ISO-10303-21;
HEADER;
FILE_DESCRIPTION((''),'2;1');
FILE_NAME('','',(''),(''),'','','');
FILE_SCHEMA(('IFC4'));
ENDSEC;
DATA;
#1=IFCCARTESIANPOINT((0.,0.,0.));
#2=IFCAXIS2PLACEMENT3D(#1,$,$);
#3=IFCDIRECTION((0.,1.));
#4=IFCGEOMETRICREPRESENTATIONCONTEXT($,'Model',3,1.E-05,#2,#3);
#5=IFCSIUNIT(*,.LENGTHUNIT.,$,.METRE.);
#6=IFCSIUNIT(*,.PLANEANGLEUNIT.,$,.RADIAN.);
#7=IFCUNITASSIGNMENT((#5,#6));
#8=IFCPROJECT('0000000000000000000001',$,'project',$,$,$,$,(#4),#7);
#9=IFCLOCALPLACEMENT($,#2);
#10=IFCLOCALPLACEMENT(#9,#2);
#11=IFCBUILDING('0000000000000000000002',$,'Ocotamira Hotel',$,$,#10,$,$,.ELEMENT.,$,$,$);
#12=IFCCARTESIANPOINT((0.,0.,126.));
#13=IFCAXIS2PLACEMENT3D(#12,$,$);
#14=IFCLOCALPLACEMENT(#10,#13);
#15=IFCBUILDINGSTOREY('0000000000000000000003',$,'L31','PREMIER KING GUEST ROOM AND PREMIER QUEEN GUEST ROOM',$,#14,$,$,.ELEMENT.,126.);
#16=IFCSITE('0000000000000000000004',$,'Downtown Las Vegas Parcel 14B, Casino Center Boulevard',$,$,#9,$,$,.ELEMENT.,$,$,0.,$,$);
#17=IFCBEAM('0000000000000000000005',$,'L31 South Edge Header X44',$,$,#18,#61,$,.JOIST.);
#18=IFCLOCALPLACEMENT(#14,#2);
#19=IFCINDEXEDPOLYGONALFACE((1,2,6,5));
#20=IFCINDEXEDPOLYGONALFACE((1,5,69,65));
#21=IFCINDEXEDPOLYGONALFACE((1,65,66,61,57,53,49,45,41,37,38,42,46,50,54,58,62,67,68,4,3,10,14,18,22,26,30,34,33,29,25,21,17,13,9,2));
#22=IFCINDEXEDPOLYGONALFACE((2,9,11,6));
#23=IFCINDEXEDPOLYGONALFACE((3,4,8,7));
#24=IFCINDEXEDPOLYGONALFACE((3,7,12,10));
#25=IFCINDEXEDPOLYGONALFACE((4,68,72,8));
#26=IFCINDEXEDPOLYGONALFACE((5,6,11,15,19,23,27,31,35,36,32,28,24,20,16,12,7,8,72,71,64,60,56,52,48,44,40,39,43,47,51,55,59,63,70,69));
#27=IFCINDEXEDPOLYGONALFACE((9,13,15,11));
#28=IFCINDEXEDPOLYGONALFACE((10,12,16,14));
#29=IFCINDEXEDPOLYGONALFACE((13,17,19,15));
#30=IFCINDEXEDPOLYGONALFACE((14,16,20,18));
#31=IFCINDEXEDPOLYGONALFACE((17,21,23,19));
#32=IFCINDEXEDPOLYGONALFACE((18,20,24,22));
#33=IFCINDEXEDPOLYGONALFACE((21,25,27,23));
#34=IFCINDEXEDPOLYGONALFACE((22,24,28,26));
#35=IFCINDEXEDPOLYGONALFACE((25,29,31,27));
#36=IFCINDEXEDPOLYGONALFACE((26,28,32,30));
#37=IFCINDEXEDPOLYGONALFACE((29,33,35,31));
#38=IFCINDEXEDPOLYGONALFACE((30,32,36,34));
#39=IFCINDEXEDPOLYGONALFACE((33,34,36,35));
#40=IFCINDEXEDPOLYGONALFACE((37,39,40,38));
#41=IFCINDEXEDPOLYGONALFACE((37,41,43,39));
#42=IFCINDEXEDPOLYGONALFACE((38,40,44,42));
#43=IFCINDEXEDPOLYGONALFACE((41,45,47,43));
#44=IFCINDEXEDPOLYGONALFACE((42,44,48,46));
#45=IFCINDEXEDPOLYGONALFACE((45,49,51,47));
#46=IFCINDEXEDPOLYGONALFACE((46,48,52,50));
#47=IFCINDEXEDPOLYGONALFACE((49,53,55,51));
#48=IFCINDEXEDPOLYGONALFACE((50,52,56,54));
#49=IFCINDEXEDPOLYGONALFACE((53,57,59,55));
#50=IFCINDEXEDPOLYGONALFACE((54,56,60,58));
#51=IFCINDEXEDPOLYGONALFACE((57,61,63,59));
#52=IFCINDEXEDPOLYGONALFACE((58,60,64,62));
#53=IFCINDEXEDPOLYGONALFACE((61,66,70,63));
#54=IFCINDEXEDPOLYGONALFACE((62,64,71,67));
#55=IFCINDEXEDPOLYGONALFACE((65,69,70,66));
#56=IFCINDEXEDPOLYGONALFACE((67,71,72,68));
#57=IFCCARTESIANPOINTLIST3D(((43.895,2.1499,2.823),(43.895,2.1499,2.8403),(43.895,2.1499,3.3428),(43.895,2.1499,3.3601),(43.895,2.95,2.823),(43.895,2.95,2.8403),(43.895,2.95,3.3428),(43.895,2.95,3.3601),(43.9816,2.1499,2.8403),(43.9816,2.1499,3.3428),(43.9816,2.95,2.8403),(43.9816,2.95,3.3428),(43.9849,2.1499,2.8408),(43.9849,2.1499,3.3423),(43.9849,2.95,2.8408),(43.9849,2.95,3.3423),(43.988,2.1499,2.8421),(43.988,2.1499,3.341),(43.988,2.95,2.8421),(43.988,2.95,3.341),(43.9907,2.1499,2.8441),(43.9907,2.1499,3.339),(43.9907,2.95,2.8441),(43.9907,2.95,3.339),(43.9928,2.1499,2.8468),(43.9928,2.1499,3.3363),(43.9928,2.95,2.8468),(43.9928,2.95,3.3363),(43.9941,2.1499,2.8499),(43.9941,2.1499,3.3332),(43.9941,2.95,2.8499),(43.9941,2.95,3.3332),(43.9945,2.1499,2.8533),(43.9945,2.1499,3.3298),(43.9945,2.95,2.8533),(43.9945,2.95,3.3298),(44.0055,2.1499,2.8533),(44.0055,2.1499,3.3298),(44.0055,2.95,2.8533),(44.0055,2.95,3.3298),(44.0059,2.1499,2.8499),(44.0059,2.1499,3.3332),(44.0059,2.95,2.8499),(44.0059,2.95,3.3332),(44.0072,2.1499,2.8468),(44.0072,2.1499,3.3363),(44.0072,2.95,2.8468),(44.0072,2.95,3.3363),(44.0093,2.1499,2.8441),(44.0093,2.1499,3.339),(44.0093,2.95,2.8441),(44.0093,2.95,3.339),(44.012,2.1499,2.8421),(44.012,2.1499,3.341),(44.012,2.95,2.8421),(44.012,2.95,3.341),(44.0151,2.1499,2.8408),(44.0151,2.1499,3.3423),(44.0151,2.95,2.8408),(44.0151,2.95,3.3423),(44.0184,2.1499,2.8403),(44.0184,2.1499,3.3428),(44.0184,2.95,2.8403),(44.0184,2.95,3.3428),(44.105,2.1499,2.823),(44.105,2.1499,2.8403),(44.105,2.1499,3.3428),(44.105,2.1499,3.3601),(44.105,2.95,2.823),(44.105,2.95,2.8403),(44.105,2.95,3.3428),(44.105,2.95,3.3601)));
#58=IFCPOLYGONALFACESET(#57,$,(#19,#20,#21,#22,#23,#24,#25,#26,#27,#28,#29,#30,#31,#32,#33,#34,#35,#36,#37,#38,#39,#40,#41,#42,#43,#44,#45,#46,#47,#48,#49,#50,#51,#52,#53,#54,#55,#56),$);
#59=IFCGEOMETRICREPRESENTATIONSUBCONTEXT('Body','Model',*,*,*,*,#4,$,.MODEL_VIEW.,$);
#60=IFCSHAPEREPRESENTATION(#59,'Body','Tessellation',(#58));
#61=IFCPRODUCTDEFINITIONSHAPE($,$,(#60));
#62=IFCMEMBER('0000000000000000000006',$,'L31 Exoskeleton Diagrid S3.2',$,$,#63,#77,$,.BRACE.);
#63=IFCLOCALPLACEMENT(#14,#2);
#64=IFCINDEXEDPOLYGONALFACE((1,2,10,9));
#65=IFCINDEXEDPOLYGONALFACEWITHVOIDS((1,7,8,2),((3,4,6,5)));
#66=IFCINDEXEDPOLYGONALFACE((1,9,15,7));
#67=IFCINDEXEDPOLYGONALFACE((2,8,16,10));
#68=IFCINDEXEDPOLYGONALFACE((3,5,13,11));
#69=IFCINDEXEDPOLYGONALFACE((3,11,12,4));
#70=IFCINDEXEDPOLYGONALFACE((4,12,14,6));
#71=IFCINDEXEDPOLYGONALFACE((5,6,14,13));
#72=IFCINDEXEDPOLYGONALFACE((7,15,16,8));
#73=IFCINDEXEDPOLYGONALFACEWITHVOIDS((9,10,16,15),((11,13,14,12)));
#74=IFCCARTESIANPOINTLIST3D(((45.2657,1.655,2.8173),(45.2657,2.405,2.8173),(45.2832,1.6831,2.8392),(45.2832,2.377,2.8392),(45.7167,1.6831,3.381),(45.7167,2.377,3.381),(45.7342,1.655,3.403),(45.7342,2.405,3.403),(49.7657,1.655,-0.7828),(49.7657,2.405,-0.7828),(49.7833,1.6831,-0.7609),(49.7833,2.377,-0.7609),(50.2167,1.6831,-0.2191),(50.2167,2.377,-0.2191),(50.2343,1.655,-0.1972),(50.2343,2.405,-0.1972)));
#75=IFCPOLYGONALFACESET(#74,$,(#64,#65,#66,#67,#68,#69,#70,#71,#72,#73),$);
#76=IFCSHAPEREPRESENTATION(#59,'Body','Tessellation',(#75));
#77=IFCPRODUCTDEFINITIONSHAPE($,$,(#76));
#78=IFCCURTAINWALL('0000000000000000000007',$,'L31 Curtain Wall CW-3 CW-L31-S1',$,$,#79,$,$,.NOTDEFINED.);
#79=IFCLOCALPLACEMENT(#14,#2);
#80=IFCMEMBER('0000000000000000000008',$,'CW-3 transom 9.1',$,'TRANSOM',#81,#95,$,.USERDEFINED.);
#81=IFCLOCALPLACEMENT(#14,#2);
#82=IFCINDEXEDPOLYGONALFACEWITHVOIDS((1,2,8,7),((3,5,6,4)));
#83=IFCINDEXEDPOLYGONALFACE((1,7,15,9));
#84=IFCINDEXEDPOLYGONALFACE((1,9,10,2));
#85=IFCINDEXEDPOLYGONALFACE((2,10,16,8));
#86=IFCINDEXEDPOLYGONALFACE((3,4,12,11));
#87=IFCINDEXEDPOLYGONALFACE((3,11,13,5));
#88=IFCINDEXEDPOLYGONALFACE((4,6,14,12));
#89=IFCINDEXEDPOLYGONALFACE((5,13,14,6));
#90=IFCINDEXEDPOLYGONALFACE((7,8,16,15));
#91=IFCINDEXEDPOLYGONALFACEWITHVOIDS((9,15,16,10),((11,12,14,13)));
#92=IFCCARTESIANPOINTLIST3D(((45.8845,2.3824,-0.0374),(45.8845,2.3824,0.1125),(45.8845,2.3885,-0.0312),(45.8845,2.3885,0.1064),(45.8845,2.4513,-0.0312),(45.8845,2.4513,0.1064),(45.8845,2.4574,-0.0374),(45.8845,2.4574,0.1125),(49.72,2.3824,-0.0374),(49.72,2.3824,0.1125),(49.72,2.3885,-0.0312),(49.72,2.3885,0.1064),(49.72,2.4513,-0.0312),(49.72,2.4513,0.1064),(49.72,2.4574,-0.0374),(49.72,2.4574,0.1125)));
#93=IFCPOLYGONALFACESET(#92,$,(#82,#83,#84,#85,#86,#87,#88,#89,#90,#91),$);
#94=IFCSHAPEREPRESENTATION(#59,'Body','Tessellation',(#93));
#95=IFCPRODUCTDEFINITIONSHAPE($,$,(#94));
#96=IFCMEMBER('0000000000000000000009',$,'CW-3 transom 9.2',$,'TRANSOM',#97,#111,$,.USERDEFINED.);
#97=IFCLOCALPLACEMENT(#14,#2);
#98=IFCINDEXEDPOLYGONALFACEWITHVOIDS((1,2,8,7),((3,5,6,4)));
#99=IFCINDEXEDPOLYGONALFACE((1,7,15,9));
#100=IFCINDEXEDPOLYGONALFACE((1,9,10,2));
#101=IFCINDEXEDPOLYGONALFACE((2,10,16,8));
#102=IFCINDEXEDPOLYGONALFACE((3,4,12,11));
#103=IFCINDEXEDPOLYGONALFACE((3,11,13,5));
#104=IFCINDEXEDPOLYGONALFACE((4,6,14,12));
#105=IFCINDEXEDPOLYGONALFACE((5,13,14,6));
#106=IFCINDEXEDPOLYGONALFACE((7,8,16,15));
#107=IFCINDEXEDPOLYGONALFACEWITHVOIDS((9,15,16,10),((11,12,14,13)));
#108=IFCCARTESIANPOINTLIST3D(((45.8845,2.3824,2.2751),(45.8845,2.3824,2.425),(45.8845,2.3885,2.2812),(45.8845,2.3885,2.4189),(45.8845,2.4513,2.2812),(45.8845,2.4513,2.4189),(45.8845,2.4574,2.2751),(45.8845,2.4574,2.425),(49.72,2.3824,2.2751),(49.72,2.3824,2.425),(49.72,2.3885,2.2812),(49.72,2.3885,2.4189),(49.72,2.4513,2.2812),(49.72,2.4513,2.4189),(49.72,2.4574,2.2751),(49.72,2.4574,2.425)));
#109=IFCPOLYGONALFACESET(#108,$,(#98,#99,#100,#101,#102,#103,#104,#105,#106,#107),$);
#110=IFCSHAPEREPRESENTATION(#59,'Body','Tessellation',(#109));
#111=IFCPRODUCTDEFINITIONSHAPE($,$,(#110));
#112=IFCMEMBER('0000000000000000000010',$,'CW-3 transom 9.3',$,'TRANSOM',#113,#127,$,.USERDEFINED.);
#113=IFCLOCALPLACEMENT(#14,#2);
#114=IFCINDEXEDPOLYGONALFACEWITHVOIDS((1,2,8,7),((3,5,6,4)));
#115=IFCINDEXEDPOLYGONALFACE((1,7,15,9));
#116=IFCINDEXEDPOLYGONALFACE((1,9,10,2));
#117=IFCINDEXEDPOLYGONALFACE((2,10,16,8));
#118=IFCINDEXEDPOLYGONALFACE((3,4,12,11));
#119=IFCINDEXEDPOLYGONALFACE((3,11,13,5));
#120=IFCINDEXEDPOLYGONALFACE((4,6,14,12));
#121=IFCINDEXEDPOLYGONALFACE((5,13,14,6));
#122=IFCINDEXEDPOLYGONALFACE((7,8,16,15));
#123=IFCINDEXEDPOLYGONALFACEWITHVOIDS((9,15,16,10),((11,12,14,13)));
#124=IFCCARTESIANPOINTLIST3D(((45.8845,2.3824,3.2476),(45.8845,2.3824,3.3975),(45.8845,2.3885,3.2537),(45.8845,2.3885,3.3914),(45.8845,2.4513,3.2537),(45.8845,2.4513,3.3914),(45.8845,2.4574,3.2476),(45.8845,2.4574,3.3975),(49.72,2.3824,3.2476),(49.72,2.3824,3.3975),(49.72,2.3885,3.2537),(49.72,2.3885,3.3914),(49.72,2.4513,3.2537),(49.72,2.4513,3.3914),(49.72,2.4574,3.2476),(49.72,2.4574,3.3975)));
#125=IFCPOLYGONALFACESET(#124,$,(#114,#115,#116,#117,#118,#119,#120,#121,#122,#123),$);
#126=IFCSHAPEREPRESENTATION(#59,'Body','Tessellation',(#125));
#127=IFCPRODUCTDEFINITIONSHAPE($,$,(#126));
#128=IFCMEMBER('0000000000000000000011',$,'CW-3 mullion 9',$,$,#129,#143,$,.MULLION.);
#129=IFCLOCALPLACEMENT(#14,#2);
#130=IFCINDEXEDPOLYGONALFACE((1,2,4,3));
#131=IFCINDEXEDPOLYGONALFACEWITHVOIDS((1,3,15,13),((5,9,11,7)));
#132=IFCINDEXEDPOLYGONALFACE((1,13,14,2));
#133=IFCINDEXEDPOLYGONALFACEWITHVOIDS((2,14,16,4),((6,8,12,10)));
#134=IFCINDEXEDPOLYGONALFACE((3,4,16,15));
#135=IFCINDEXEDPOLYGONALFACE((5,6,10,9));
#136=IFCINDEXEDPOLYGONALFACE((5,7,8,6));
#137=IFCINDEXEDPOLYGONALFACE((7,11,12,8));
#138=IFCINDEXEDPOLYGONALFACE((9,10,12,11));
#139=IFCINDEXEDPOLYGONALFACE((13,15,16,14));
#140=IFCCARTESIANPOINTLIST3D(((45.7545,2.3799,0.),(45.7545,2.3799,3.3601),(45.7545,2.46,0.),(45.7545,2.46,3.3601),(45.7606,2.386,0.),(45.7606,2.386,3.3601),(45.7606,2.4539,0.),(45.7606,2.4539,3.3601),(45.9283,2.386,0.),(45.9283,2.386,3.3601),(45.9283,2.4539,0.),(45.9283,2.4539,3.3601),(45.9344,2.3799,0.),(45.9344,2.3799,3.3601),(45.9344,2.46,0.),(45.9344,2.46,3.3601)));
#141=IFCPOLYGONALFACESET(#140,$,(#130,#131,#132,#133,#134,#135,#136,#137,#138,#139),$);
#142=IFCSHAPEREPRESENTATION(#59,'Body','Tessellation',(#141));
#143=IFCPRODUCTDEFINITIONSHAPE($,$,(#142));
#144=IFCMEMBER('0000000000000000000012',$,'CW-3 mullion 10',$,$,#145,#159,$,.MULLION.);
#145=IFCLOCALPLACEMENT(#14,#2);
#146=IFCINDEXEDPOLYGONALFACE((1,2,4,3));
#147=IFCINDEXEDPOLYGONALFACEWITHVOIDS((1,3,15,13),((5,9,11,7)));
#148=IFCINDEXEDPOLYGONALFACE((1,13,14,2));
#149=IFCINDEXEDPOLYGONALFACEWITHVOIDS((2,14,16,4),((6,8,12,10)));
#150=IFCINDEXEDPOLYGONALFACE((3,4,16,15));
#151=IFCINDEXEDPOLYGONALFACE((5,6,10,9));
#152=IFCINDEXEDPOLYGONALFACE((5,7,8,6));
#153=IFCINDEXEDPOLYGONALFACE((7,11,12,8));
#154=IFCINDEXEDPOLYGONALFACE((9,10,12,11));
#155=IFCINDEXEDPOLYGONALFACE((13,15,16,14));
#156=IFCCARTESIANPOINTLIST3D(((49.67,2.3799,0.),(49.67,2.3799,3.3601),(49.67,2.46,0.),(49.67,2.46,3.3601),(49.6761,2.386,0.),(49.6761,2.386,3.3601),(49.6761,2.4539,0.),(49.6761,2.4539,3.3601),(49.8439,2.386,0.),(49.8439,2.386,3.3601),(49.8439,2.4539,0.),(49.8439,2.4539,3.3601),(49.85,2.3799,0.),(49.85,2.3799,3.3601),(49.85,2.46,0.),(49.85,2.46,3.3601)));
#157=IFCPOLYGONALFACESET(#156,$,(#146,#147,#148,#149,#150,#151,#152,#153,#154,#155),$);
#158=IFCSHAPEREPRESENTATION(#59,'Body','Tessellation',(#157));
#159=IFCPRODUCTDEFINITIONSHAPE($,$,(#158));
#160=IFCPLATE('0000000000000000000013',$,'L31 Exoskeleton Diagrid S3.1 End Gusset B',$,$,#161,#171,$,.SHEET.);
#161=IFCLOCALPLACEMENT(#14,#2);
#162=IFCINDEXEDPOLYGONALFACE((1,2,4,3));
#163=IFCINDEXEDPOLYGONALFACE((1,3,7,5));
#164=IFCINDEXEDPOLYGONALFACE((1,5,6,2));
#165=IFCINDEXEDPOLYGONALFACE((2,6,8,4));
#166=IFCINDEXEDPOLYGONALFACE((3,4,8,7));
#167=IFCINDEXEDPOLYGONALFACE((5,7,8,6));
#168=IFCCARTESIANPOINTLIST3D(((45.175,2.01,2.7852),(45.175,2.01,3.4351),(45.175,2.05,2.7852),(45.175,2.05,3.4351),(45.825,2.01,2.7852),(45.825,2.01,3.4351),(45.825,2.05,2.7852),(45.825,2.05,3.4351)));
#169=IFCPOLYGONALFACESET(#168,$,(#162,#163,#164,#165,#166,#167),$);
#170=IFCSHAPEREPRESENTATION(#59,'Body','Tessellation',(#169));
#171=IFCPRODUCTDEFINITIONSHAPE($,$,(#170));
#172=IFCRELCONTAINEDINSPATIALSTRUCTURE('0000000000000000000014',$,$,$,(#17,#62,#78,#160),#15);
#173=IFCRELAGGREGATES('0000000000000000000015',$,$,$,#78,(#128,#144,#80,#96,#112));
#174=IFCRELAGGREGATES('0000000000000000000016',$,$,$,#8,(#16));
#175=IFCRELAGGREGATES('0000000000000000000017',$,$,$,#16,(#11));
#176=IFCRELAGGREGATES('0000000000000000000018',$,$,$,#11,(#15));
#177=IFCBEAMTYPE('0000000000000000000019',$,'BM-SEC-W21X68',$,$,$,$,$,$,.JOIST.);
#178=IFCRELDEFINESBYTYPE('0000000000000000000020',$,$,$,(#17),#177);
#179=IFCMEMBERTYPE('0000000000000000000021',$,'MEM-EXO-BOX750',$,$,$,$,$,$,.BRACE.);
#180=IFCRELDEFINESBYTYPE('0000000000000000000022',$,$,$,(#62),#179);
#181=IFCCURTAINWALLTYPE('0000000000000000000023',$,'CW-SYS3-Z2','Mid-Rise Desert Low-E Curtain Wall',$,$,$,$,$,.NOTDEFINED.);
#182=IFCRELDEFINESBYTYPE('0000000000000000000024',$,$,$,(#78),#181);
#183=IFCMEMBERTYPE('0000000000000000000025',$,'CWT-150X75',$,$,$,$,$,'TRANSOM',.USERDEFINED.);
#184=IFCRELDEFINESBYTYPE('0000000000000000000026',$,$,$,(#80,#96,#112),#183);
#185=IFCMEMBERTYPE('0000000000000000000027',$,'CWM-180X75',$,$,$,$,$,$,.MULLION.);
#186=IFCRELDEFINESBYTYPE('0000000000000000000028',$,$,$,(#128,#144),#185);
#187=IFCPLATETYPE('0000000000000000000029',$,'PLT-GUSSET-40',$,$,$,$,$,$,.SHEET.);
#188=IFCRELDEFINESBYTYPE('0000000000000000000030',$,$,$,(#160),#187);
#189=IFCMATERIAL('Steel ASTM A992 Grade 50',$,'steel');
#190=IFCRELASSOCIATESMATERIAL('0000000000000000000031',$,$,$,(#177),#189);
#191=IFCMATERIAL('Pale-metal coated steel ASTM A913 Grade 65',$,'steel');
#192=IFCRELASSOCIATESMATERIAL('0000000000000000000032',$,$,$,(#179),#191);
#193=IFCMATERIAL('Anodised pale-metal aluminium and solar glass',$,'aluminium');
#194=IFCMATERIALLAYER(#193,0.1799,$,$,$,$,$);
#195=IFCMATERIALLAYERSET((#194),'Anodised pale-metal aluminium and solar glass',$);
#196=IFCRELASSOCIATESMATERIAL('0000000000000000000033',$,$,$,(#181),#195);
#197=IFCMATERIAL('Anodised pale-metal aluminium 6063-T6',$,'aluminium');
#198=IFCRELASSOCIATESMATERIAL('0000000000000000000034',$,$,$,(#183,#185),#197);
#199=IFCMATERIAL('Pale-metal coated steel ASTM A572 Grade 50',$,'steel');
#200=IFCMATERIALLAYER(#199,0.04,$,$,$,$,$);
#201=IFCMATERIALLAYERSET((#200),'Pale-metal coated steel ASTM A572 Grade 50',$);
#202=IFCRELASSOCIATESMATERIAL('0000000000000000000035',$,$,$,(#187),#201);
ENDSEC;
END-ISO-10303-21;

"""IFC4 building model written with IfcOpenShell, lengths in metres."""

from ifc_helpers import new_model, si_unit, direction, frame, origin, origin_2d, place, context, subcontext, project, spatial, rectangle, hollow_rectangle, i_section, extrude, source, transform, mapped, material, layer, layer_set, material_profile, profile_set, type_object, element, aggregate, save


model = new_model("IFC4")

# Units and contexts
model_context = context("Model", 3, precision=1e-05, world=origin(), true_north=direction((0.0, 1.0)))
body_context = subcontext(model_context, "Body", "Model", "MODEL_VIEW")
ifc_project = project(units=[si_unit("LENGTHUNIT", "METRE"), si_unit("PLANEANGLEUNIT", "RADIAN")], contexts=[model_context])

# Site, building, storey
site_placement = place(None, origin())
site = spatial("IfcSite", under=ifc_project, at=site_placement, Name="Downtown Las Vegas Parcel 14B, Casino Center Boulevard", CompositionType="ELEMENT", RefElevation=0.0)
building_placement = place(site_placement, origin())
building = spatial("IfcBuilding", under=site, at=building_placement, Name="Ocotamira Hotel", CompositionType="ELEMENT")
storey_placement = place(building_placement, frame((0.0, 0.0, 126.0)))
storey = spatial("IfcBuildingStorey", under=building, at=storey_placement, Name="L31", Description="PREMIER KING GUEST ROOM AND PREMIER QUEEN GUEST ROOM", CompositionType="ELEMENT", Elevation=126.0)

# Beam
ifc_material_1 = material(Name="Steel ASTM A992 Grade 50", Category="steel")
ifc_material_profile_1 = material_profile(ifc_material_1, i_section(OverallWidth=0.21, OverallDepth=0.5371, WebThickness=0.011, FlangeThickness=0.0173, FilletRadius=0.0129, at=origin_2d()), Name="W21X68")
ifc_profile_set_1 = profile_set([ifc_material_profile_1], Name="Steel ASTM A992 Grade 50")
beam_type = type_object("IfcBeamType", Name="BM-SEC-W21X68", PredefinedType="JOIST", material=ifc_profile_set_1)
shared_shape_1 = source(origin(), body_context, "Body", "SweptSolid", [
    extrude(i_section(OverallWidth=0.21, OverallDepth=0.5371, WebThickness=0.011, FlangeThickness=0.0173, FilletRadius=0.0129, at=origin_2d()), origin(), (0.0, 0.0, 1.0), 0.8),
])
beam_placement = place(storey_placement, frame((44.0, 2.95, 3.0916), z_axis=(0.0, -1.0, 0.0), x_axis=(1.0, 0.0, 0.0)))
element("IfcBeam", 1, at=beam_placement, inside=storey, type_object=beam_type, Name="L31 South Edge Header X44", PredefinedType="JOIST", context=body_context, shape_type="MappedRepresentation", body=[
    mapped(shared_shape_1, transform((0.0, 0.0, 0.0), scale=1.0)),
])

# Member
ifc_material_2 = material(Name="Pale-metal coated steel ASTM A913 Grade 65", Category="steel")
ifc_material_profile_2 = material_profile(ifc_material_2, hollow_rectangle(XDim=0.75, YDim=0.75, WallThickness=0.0281, at=origin_2d()), Name="BOX750X750X28")
ifc_profile_set_2 = profile_set([ifc_material_profile_2], Name="Pale-metal coated steel ASTM A913 Grade 65")
member_type_1 = type_object("IfcMemberType", Name="MEM-EXO-BOX750", PredefinedType="BRACE", material=ifc_profile_set_2)
shared_shape_2 = source(origin(), body_context, "Body", "SweptSolid", [
    extrude(hollow_rectangle(XDim=0.75, YDim=0.75, WallThickness=0.0281, at=origin_2d()), origin(), (0.0, 0.0, 1.0), 5.7629),
])
member_1_placement = place(storey_placement, frame((50.0, 2.03, -0.49), z_axis=(-0.780861, 0.0, 0.624705), x_axis=(0.0, -1.0, 0.0)))
element("IfcMember", 2, at=member_1_placement, inside=storey, type_object=member_type_1, Name="L31 Exoskeleton Diagrid S3.2", PredefinedType="BRACE", context=body_context, shape_type="MappedRepresentation", body=[
    mapped(shared_shape_2, transform((0.0, 0.0, 0.0), scale=1.0)),
])

# Curtain wall, members
ifc_material_3 = material(Name="Anodised pale-metal aluminium and solar glass", Category="aluminium")
ifc_layer_1 = layer(ifc_material_3, 0.1799)
ifc_layer_set_1 = layer_set([ifc_layer_1], Name="Anodised pale-metal aluminium and solar glass")
curtain_wall_type = type_object("IfcCurtainWallType", Name="CW-SYS3-Z2", Description="Mid-Rise Desert Low-E Curtain Wall", PredefinedType="NOTDEFINED", material=ifc_layer_set_1)
curtain_wall_placement = place(storey_placement, origin())
curtain_wall = element("IfcCurtainWall", 3, at=curtain_wall_placement, inside=storey, type_object=curtain_wall_type, Name="L31 Curtain Wall CW-3 CW-L31-S1", PredefinedType="NOTDEFINED")
ifc_material_4 = material(Name="Anodised pale-metal aluminium 6063-T6", Category="aluminium")
ifc_material_profile_3 = material_profile(ifc_material_4, hollow_rectangle(XDim=0.075, YDim=0.1499, WallThickness=0.0061, at=origin_2d()), Name="HSS150X75X6")
ifc_profile_set_3 = profile_set([ifc_material_profile_3], Name="Anodised pale-metal aluminium 6063-T6")
member_type_2 = type_object("IfcMemberType", Name="CWT-150X75", ElementType="TRANSOM", PredefinedType="USERDEFINED", material=ifc_profile_set_3)
shared_shape_3 = source(origin(), body_context, "Body", "SweptSolid", [
    extrude(hollow_rectangle(XDim=0.075, YDim=0.1499, WallThickness=0.0061, at=origin_2d()), origin(), (0.0, 0.0, 1.0), 3.8354),
])
member_2_placement = place(storey_placement, frame((45.8845, 2.4199, 0.0376), z_axis=(1.0, 0.0, 0.0), x_axis=(0.0, 1.0, 0.0)))
member_2 = element("IfcMember", 4, at=member_2_placement, type_object=member_type_2, Name="CW-3 transom 9.1", ObjectType="TRANSOM", PredefinedType="USERDEFINED", context=body_context, shape_type="MappedRepresentation", body=[
    mapped(shared_shape_3, transform((0.0, 0.0, 0.0), scale=1.0)),
])
member_3_placement = place(storey_placement, frame((45.8845, 2.4199, 2.3501), z_axis=(1.0, 0.0, 0.0), x_axis=(0.0, 1.0, 0.0)))
member_3 = element("IfcMember", 5, at=member_3_placement, type_object=member_type_2, Name="CW-3 transom 9.2", ObjectType="TRANSOM", PredefinedType="USERDEFINED", context=body_context, shape_type="MappedRepresentation", body=[
    mapped(shared_shape_3, transform((0.0, 0.0, 0.0), scale=1.0)),
])
member_4_placement = place(storey_placement, frame((45.8845, 2.4199, 3.3225), z_axis=(1.0, 0.0, 0.0), x_axis=(0.0, 1.0, 0.0)))
member_4 = element("IfcMember", 6, at=member_4_placement, type_object=member_type_2, Name="CW-3 transom 9.3", ObjectType="TRANSOM", PredefinedType="USERDEFINED", context=body_context, shape_type="MappedRepresentation", body=[
    mapped(shared_shape_3, transform((0.0, 0.0, 0.0), scale=1.0)),
])
ifc_material_profile_4 = material_profile(ifc_material_4, hollow_rectangle(XDim=0.0801, YDim=0.1799, WallThickness=0.0061, at=origin_2d()), Name="HSS180X80X6")
ifc_profile_set_4 = profile_set([ifc_material_profile_4], Name="Anodised pale-metal aluminium 6063-T6")
member_type_3 = type_object("IfcMemberType", Name="CWM-180X75", PredefinedType="MULLION", material=ifc_profile_set_4)
shared_shape_4 = source(origin(), body_context, "Body", "SweptSolid", [
    extrude(hollow_rectangle(XDim=0.0801, YDim=0.1799, WallThickness=0.0061, at=origin_2d()), origin(), (0.0, 0.0, 1.0), 3.3601),
])
member_5_placement = place(storey_placement, frame((45.8445, 2.4199, 0.0), z_axis=(0.0, 0.0, 1.0), x_axis=(0.0, 1.0, 0.0)))
member_5 = element("IfcMember", 7, at=member_5_placement, type_object=member_type_3, Name="CW-3 mullion 9", PredefinedType="MULLION", context=body_context, shape_type="MappedRepresentation", body=[
    mapped(shared_shape_4, transform((0.0, 0.0, 0.0), scale=1.0)),
])
member_6_placement = place(storey_placement, frame((49.76, 2.4199, 0.0), z_axis=(0.0, 0.0, 1.0), x_axis=(0.0, 1.0, 0.0)))
member_6 = element("IfcMember", 8, at=member_6_placement, type_object=member_type_3, Name="CW-3 mullion 10", PredefinedType="MULLION", context=body_context, shape_type="MappedRepresentation", body=[
    mapped(shared_shape_4, transform((0.0, 0.0, 0.0), scale=1.0)),
])

# Plate
ifc_material_5 = material(Name="Pale-metal coated steel ASTM A572 Grade 50", Category="steel")
ifc_layer_2 = layer(ifc_material_5, 0.04)
ifc_layer_set_2 = layer_set([ifc_layer_2], Name="Pale-metal coated steel ASTM A572 Grade 50")
plate_type_1 = type_object("IfcPlateType", Name="PLT-GUSSET-40", PredefinedType="SHEET", material=ifc_layer_set_2)
shared_shape_5 = source(origin(), body_context, "Body", "SweptSolid", [
    extrude(rectangle(XDim=0.6499, YDim=0.04, at=origin_2d()), origin(), (0.0, 0.0, 1.0), 0.6499),
])
plate_1_placement = place(storey_placement, frame((45.5, 2.03, 2.7852), z_axis=(0.0, 0.0, 1.0), x_axis=(1.0, 0.0, 0.0)))
element("IfcPlate", 9, at=plate_1_placement, inside=storey, type_object=plate_type_1, Name="L31 Exoskeleton Diagrid S3.1 End Gusset B", PredefinedType="SHEET", context=body_context, shape_type="MappedRepresentation", body=[
    mapped(shared_shape_5, transform((0.0, 0.0, 0.0), scale=1.0)),
])
aggregate(curtain_wall, [member_5, member_6, member_2, member_3, member_4])

save(model, "model.ifc")
